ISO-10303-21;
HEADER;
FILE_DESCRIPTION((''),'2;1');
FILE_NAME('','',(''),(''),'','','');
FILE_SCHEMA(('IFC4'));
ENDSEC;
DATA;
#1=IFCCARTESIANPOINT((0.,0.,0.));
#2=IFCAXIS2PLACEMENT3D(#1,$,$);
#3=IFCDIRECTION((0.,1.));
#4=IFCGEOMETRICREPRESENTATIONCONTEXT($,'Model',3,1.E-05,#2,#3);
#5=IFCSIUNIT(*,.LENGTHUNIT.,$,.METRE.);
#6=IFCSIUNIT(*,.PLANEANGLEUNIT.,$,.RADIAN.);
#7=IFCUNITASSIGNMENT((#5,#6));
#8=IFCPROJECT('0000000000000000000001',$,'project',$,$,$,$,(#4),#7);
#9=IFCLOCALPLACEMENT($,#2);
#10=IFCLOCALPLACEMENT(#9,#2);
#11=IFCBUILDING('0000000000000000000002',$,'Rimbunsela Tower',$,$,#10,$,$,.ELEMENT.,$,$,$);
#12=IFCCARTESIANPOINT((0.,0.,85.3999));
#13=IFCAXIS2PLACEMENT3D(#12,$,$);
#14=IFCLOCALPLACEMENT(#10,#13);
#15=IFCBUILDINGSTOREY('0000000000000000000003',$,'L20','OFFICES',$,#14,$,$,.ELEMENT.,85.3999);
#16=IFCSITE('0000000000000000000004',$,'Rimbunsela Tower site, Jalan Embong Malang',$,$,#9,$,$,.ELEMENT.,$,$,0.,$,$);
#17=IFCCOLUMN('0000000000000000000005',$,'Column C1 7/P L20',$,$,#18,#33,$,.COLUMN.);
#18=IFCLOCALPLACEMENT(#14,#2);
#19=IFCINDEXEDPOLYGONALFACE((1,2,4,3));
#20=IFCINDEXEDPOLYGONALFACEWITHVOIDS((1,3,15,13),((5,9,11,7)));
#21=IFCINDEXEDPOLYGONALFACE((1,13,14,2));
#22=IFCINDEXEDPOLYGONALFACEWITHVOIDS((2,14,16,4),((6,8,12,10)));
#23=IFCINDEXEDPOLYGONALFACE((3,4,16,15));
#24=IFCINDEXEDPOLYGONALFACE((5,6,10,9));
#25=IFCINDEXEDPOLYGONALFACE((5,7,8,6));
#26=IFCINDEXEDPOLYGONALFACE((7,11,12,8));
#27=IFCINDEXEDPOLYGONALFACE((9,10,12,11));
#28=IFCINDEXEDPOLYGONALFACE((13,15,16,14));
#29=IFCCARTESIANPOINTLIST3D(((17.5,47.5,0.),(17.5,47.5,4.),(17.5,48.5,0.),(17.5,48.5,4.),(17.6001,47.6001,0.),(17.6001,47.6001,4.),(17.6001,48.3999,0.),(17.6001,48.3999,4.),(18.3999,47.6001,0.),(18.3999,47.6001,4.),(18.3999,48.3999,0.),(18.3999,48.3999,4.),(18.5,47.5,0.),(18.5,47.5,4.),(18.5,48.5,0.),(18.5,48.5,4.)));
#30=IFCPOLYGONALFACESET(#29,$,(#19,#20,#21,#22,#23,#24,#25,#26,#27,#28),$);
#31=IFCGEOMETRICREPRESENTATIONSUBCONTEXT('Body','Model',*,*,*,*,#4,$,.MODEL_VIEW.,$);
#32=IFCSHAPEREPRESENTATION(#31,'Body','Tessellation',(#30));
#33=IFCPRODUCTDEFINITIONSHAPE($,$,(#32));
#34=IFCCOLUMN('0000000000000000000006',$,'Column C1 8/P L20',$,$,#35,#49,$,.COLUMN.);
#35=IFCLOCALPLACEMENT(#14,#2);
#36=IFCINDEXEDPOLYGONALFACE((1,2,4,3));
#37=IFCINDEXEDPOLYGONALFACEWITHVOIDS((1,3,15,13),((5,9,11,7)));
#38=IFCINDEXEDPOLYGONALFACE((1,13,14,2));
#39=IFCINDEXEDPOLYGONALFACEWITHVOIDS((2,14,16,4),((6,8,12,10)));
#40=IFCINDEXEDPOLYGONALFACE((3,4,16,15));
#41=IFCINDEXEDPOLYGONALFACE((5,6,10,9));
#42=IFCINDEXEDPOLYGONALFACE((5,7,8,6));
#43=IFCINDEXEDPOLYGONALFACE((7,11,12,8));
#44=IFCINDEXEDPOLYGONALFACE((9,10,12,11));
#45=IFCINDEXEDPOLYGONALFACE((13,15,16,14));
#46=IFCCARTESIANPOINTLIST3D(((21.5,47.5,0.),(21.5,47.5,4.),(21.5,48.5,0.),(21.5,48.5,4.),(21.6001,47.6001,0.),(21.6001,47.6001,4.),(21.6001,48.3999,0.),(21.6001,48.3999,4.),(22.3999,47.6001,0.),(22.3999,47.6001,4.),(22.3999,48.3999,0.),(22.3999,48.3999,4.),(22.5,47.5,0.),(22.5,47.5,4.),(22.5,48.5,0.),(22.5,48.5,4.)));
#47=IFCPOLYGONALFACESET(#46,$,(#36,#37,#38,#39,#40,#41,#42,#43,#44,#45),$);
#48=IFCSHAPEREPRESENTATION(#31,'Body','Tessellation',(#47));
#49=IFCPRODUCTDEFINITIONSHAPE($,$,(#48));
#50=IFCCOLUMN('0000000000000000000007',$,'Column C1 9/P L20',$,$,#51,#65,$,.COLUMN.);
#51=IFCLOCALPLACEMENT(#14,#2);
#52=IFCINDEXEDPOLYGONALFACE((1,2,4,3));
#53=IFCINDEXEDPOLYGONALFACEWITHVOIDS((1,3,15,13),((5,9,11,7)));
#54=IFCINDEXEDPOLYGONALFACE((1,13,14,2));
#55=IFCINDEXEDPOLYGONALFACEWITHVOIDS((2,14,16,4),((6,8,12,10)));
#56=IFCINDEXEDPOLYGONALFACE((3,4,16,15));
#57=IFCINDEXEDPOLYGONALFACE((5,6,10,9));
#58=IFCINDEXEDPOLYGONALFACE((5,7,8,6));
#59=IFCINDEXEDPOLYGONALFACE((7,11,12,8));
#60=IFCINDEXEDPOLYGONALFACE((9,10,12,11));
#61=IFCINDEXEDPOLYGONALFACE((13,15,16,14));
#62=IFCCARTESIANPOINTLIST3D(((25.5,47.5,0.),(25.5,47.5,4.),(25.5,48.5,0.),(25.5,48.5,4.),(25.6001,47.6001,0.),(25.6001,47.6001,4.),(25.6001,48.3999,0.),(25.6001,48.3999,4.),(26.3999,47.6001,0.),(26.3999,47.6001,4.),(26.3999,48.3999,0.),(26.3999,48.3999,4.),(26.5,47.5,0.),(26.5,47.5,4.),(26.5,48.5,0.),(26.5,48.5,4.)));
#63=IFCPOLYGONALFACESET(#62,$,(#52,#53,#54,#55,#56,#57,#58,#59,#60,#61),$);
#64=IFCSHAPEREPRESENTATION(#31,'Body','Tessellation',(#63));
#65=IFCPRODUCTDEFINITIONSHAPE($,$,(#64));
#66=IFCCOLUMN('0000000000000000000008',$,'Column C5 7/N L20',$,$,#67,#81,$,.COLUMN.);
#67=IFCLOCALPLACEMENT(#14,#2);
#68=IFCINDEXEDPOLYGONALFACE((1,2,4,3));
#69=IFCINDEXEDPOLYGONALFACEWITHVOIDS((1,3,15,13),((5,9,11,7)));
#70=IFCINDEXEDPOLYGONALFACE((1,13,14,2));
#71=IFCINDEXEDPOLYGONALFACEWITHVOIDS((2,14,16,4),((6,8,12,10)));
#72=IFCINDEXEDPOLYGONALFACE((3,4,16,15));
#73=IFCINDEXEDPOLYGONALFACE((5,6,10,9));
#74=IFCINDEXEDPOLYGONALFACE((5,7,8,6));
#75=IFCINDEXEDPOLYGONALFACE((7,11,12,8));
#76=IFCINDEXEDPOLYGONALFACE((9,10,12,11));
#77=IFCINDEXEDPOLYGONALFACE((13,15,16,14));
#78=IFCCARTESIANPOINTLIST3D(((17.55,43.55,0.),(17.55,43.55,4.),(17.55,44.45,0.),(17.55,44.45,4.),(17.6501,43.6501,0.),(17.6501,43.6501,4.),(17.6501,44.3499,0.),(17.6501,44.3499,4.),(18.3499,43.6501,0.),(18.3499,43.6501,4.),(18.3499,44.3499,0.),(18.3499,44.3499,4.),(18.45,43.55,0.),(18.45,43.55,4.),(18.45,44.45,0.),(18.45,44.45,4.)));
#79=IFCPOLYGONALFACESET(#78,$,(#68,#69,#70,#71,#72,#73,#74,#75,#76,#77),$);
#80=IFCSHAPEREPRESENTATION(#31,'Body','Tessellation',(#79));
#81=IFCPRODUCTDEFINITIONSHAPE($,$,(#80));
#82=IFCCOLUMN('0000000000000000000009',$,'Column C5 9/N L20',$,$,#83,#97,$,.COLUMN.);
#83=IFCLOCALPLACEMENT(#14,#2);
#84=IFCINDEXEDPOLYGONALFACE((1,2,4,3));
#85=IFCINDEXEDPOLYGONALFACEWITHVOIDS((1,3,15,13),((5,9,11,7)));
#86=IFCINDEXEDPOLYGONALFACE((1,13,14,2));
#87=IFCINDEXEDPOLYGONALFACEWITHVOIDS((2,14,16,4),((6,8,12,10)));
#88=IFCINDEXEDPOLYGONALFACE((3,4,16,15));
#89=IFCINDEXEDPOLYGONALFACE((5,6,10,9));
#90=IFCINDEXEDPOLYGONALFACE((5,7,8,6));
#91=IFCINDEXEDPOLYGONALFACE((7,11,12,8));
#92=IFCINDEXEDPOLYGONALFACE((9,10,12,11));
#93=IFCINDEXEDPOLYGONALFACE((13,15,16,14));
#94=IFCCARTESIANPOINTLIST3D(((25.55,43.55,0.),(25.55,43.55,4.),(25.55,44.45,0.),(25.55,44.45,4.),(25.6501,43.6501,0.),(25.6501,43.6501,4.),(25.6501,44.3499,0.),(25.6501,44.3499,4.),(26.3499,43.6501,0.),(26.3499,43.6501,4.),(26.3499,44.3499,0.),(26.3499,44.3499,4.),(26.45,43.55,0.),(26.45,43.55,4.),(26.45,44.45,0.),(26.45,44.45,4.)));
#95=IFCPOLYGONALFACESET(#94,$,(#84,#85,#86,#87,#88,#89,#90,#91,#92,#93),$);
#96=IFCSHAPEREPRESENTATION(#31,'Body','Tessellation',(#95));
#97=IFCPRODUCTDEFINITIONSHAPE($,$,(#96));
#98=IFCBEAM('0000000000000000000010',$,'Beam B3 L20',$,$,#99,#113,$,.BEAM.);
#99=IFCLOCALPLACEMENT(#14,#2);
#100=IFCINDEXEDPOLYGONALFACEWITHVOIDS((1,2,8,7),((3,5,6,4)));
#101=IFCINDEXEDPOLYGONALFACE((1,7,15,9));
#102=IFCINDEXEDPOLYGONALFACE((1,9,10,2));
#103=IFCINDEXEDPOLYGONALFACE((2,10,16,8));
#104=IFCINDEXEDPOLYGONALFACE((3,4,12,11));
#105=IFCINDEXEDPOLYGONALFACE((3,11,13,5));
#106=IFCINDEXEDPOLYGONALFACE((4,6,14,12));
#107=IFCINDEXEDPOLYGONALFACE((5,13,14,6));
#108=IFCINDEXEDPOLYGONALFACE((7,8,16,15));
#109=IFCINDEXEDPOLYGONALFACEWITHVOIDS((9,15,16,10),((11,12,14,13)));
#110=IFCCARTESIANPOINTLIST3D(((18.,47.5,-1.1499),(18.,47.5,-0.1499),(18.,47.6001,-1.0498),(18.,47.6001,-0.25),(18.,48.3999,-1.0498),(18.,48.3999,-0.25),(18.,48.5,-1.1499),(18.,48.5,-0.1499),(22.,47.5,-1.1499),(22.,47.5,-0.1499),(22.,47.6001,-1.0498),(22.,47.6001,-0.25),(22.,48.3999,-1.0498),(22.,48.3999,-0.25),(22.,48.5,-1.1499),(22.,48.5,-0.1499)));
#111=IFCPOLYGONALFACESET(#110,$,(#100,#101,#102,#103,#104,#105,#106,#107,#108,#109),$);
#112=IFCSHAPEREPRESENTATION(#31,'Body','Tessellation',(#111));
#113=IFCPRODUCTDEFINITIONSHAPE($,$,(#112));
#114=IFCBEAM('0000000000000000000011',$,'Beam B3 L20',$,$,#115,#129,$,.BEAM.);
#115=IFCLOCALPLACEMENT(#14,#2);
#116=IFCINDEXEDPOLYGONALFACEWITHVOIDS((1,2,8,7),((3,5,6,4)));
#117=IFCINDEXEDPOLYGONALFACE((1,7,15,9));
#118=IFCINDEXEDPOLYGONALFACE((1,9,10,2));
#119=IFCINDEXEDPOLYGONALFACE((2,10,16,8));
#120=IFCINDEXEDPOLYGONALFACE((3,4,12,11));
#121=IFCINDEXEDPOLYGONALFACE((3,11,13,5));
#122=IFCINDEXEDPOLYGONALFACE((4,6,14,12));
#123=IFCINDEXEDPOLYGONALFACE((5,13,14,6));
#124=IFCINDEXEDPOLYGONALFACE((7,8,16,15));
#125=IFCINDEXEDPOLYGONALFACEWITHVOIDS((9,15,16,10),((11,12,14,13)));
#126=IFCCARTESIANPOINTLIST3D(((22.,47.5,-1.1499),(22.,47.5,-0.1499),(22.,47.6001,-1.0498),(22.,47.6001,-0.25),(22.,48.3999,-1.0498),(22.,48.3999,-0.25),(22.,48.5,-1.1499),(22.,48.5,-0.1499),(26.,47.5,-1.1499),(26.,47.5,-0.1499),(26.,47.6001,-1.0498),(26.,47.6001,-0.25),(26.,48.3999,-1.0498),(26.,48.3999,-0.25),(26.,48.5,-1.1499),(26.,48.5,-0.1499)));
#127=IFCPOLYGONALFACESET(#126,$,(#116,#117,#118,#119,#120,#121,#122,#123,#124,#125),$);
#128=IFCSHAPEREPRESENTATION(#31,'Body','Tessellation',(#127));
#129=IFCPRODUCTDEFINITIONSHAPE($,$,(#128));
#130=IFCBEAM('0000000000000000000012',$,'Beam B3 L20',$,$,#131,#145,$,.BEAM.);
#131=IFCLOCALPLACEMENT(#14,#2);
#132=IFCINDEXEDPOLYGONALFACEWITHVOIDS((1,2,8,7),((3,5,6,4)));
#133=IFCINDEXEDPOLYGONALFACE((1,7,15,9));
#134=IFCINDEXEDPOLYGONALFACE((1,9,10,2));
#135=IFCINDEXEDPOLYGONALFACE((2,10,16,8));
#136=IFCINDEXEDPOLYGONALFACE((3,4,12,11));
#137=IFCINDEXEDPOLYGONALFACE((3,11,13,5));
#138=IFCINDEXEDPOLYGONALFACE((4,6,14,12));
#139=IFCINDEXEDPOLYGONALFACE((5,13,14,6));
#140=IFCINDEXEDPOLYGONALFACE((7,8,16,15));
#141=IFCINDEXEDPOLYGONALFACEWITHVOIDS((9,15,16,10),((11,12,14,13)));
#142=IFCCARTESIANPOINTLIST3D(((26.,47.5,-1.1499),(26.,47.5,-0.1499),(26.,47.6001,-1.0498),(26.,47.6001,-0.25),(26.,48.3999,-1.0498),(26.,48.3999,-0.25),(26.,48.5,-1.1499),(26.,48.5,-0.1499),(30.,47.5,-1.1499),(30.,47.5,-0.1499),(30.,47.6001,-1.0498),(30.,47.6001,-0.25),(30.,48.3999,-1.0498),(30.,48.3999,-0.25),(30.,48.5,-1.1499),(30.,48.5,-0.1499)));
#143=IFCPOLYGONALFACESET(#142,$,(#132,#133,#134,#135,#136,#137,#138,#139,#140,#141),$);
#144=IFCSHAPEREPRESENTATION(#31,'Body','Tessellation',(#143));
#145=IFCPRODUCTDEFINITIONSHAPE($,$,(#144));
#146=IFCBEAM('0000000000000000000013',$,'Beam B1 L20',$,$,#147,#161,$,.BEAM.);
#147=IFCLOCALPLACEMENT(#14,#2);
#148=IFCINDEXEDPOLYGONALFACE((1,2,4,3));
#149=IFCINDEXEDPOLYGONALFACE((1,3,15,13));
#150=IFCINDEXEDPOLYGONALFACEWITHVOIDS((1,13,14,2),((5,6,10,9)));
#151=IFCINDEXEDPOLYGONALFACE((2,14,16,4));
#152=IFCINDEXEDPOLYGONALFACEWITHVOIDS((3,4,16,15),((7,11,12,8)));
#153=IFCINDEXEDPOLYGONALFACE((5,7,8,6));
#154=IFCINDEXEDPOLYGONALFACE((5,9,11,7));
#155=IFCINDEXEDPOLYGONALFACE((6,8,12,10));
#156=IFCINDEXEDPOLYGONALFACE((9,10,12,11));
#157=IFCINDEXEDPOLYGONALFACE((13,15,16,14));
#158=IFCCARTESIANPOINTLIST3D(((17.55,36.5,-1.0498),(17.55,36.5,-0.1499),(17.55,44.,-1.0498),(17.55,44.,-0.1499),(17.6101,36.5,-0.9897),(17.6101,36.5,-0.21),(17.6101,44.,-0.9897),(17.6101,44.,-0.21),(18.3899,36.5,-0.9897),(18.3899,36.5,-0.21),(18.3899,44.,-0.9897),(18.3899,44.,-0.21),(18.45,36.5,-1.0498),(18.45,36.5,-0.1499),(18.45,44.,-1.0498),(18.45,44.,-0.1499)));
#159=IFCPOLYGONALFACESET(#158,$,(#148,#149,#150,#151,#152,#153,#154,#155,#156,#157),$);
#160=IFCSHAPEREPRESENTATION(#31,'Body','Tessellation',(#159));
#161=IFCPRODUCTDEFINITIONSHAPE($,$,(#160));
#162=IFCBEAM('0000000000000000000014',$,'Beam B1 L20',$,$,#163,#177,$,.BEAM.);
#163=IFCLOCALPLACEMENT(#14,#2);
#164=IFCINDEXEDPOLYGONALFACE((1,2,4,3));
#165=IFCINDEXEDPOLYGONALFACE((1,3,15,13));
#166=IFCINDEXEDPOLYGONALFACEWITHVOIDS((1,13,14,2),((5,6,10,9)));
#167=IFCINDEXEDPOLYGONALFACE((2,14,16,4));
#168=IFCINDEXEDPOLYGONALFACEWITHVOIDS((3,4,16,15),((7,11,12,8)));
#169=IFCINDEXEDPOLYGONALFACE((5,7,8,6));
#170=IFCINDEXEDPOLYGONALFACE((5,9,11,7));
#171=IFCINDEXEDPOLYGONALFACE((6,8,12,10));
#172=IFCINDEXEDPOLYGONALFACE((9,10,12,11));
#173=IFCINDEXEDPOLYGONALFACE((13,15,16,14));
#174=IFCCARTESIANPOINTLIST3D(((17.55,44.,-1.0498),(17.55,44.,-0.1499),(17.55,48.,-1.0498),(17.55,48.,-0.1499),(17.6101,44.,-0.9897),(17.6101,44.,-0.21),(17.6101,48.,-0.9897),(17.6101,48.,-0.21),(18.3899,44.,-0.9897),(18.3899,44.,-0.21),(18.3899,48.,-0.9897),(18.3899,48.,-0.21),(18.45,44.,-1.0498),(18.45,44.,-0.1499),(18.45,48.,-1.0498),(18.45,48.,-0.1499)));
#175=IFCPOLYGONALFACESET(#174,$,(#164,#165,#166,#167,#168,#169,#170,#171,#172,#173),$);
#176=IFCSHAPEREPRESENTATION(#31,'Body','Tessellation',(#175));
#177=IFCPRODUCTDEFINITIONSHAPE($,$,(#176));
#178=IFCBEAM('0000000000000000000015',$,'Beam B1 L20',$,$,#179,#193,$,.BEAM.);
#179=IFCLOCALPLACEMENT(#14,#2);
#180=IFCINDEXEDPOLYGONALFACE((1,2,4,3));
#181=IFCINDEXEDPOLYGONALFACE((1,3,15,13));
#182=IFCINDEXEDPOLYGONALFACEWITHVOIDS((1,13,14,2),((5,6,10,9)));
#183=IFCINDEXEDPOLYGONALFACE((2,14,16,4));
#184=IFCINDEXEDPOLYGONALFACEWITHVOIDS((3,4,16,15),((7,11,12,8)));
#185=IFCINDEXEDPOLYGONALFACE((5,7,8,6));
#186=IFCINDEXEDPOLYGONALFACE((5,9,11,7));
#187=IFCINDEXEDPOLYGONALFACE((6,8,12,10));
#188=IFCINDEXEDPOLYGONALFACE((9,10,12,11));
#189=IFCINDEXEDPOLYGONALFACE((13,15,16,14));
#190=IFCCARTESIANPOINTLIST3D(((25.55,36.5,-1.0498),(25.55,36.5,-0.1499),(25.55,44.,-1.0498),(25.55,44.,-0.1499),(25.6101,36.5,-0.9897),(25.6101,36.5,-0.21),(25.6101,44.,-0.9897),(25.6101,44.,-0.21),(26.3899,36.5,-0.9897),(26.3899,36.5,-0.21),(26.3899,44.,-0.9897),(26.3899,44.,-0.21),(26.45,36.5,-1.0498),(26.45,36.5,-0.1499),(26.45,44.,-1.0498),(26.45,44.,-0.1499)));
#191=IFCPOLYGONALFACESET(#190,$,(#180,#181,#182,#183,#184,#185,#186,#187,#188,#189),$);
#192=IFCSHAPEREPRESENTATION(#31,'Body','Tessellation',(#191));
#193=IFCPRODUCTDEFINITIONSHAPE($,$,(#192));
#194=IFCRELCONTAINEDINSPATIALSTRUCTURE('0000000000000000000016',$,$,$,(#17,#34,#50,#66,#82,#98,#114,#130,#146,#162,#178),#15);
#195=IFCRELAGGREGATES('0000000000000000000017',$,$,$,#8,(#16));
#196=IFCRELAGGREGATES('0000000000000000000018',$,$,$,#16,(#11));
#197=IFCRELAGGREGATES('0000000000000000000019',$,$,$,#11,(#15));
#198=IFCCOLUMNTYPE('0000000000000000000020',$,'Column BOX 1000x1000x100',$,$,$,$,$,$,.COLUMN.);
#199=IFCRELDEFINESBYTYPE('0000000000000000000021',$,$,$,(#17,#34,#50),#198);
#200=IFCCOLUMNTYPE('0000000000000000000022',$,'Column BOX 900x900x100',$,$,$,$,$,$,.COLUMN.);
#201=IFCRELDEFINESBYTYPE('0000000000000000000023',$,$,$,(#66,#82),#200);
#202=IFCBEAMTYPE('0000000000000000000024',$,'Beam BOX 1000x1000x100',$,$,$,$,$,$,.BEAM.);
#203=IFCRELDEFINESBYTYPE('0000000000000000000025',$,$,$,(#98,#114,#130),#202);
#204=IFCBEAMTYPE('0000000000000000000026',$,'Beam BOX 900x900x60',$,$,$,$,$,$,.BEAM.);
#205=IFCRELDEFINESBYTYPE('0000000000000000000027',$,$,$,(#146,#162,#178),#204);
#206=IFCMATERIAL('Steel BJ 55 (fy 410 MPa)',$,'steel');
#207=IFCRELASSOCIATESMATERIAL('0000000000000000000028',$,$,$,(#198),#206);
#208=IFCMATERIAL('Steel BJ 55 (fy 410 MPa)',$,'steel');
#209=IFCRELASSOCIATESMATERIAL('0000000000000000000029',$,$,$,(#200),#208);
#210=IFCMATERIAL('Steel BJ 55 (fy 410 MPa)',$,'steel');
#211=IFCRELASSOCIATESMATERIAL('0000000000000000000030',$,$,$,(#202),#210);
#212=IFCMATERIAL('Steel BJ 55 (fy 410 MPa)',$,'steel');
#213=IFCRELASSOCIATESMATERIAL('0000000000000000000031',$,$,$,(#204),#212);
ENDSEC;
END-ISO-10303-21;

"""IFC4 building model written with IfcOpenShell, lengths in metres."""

from ifc_helpers import new_model, si_unit, direction, frame, origin, origin_2d, place, context, subcontext, project, spatial, hollow_rectangle, extrude, material, material_profile, profile_set, type_object, element, save


model = new_model("IFC4")

# Units and contexts
model_context = context("Model", 3, precision=1e-05, world=origin(), true_north=direction((0.0, 1.0)))
body_context = subcontext(model_context, "Body", "Model", "MODEL_VIEW")
ifc_project = project(units=[si_unit("LENGTHUNIT", "METRE"), si_unit("PLANEANGLEUNIT", "RADIAN")], contexts=[model_context])

# Site, building, storey
site_placement = place(None, origin())
site = spatial("IfcSite", under=ifc_project, at=site_placement, Name="Rimbunsela Tower site, Jalan Embong Malang", CompositionType="ELEMENT", RefElevation=0.0)
building_placement = place(site_placement, origin())
building = spatial("IfcBuilding", under=site, at=building_placement, Name="Rimbunsela Tower", CompositionType="ELEMENT")
storey_placement = place(building_placement, frame((0.0, 0.0, 85.3999)))
storey = spatial("IfcBuildingStorey", under=building, at=storey_placement, Name="L20", Description="OFFICES", CompositionType="ELEMENT", Elevation=85.3999)

# Columns
ifc_material_1 = material(Name="Steel BJ 55 (fy 410 MPa)", Category="steel")
ifc_material_profile_1 = material_profile(ifc_material_1, hollow_rectangle(XDim=1.0, YDim=1.0, WallThickness=0.1001, at=origin_2d()), Name="BOX 1000x1000x100")
ifc_profile_set_1 = profile_set([ifc_material_profile_1], Name="Steel BJ 55 (fy 410 MPa)")
column_type_1 = type_object("IfcColumnType", Name="Column BOX 1000x1000x100", PredefinedType="COLUMN", material=ifc_profile_set_1)
for number, where, z_axis, x_axis, name in (
    (1, (18.0, 48.0, 0.0), (0.0, 0.0, 1.0), (1.0, 0.0, 0.0), "Column C1 7/P L20"),
    (2, (22.0, 48.0, 0.0), (0.0, 0.0, 1.0), (1.0, 0.0, 0.0), "Column C1 8/P L20"),
    (3, (26.0, 48.0, 0.0), (0.0, 0.0, 1.0), (1.0, 0.0, 0.0), "Column C1 9/P L20"),
):
    element("IfcColumn", number, at=place(storey_placement, frame(where, z_axis=z_axis, x_axis=x_axis)), inside=storey, type_object=column_type_1, Name=name, PredefinedType="COLUMN", context=body_context, shape_type="SweptSolid", body=[
        extrude(hollow_rectangle(XDim=1.0, YDim=1.0, WallThickness=0.1001, at=origin_2d()), origin(), (0.0, 0.0, 1.0), 4.0),
    ])
ifc_material_2 = material(Name="Steel BJ 55 (fy 410 MPa)", Category="steel")
ifc_material_profile_2 = material_profile(ifc_material_2, hollow_rectangle(XDim=0.8999, YDim=0.8999, WallThickness=0.1001, at=origin_2d()), Name="BOX 900x900x100")
ifc_profile_set_2 = profile_set([ifc_material_profile_2], Name="Steel BJ 55 (fy 410 MPa)")
column_type_2 = type_object("IfcColumnType", Name="Column BOX 900x900x100", PredefinedType="COLUMN", material=ifc_profile_set_2)
for number, where, z_axis, x_axis, name in (
    (4, (18.0, 44.0, 0.0), (0.0, 0.0, 1.0), (1.0, 0.0, 0.0), "Column C5 7/N L20"),
    (5, (26.0, 44.0, 0.0), (0.0, 0.0, 1.0), (1.0, 0.0, 0.0), "Column C5 9/N L20"),
):
    element("IfcColumn", number, at=place(storey_placement, frame(where, z_axis=z_axis, x_axis=x_axis)), inside=storey, type_object=column_type_2, Name=name, PredefinedType="COLUMN", context=body_context, shape_type="SweptSolid", body=[
        extrude(hollow_rectangle(XDim=0.8999, YDim=0.8999, WallThickness=0.1001, at=origin_2d()), origin(), (0.0, 0.0, 1.0), 4.0),
    ])

# Beams
ifc_material_3 = material(Name="Steel BJ 55 (fy 410 MPa)", Category="steel")
ifc_material_profile_3 = material_profile(ifc_material_3, hollow_rectangle(XDim=1.0, YDim=1.0, WallThickness=0.1001, at=origin_2d()), Name="BOX 1000x1000x100")
ifc_profile_set_3 = profile_set([ifc_material_profile_3], Name="Steel BJ 55 (fy 410 MPa)")
beam_type_1 = type_object("IfcBeamType", Name="Beam BOX 1000x1000x100", PredefinedType="BEAM", material=ifc_profile_set_3)
for number, where, z_axis, x_axis, name in (
    (6, (18.0, 48.0, -0.6499), (1.0, 0.0, 0.0), (0.0, 1.0, 0.0), "Beam B3 L20"),
    (7, (22.0, 48.0, -0.6499), (1.0, 0.0, 0.0), (0.0, 1.0, 0.0), "Beam B3 L20"),
    (8, (26.0, 48.0, -0.6499), (1.0, 0.0, 0.0), (0.0, 1.0, 0.0), "Beam B3 L20"),
):
    element("IfcBeam", number, at=place(storey_placement, frame(where, z_axis=z_axis, x_axis=x_axis)), inside=storey, type_object=beam_type_1, Name=name, PredefinedType="BEAM", context=body_context, shape_type="SweptSolid", body=[
        extrude(hollow_rectangle(XDim=1.0, YDim=1.0, WallThickness=0.1001, at=origin_2d()), origin(), (0.0, 0.0, 1.0), 4.0),
    ])
ifc_material_4 = material(Name="Steel BJ 55 (fy 410 MPa)", Category="steel")
ifc_material_profile_4 = material_profile(ifc_material_4, hollow_rectangle(XDim=0.8999, YDim=0.8999, WallThickness=0.0601, at=origin_2d()), Name="BOX 900x900x60")
ifc_profile_set_4 = profile_set([ifc_material_profile_4], Name="Steel BJ 55 (fy 410 MPa)")
beam_type_2 = type_object("IfcBeamType", Name="Beam BOX 900x900x60", PredefinedType="BEAM", material=ifc_profile_set_4)
beam_1_placement = place(storey_placement, frame((18.0, 36.5, -0.5999), z_axis=(0.0, 1.0, 0.0), x_axis=(-1.0, 0.0, 0.0)))
element("IfcBeam", 9, at=beam_1_placement, inside=storey, type_object=beam_type_2, Name="Beam B1 L20", PredefinedType="BEAM", context=body_context, shape_type="SweptSolid", body=[
    extrude(hollow_rectangle(XDim=0.8999, YDim=0.8999, WallThickness=0.0601, at=origin_2d()), origin(), (0.0, 0.0, 1.0), 7.5),
])
beam_2_placement = place(storey_placement, frame((18.0, 44.0, -0.5999), z_axis=(0.0, 1.0, 0.0), x_axis=(-1.0, 0.0, 0.0)))
element("IfcBeam", 10, at=beam_2_placement, inside=storey, type_object=beam_type_2, Name="Beam B1 L20", PredefinedType="BEAM", context=body_context, shape_type="SweptSolid", body=[
    extrude(hollow_rectangle(XDim=0.8999, YDim=0.8999, WallThickness=0.0601, at=origin_2d()), origin(), (0.0, 0.0, 1.0), 4.0),
])
beam_3_placement = place(storey_placement, frame((26.0, 36.5, -0.5999), z_axis=(0.0, 1.0, 0.0), x_axis=(-1.0, 0.0, 0.0)))
element("IfcBeam", 11, at=beam_3_placement, inside=storey, type_object=beam_type_2, Name="Beam B1 L20", PredefinedType="BEAM", context=body_context, shape_type="SweptSolid", body=[
    extrude(hollow_rectangle(XDim=0.8999, YDim=0.8999, WallThickness=0.0601, at=origin_2d()), origin(), (0.0, 0.0, 1.0), 7.5),
])

save(model, "model.ifc")
